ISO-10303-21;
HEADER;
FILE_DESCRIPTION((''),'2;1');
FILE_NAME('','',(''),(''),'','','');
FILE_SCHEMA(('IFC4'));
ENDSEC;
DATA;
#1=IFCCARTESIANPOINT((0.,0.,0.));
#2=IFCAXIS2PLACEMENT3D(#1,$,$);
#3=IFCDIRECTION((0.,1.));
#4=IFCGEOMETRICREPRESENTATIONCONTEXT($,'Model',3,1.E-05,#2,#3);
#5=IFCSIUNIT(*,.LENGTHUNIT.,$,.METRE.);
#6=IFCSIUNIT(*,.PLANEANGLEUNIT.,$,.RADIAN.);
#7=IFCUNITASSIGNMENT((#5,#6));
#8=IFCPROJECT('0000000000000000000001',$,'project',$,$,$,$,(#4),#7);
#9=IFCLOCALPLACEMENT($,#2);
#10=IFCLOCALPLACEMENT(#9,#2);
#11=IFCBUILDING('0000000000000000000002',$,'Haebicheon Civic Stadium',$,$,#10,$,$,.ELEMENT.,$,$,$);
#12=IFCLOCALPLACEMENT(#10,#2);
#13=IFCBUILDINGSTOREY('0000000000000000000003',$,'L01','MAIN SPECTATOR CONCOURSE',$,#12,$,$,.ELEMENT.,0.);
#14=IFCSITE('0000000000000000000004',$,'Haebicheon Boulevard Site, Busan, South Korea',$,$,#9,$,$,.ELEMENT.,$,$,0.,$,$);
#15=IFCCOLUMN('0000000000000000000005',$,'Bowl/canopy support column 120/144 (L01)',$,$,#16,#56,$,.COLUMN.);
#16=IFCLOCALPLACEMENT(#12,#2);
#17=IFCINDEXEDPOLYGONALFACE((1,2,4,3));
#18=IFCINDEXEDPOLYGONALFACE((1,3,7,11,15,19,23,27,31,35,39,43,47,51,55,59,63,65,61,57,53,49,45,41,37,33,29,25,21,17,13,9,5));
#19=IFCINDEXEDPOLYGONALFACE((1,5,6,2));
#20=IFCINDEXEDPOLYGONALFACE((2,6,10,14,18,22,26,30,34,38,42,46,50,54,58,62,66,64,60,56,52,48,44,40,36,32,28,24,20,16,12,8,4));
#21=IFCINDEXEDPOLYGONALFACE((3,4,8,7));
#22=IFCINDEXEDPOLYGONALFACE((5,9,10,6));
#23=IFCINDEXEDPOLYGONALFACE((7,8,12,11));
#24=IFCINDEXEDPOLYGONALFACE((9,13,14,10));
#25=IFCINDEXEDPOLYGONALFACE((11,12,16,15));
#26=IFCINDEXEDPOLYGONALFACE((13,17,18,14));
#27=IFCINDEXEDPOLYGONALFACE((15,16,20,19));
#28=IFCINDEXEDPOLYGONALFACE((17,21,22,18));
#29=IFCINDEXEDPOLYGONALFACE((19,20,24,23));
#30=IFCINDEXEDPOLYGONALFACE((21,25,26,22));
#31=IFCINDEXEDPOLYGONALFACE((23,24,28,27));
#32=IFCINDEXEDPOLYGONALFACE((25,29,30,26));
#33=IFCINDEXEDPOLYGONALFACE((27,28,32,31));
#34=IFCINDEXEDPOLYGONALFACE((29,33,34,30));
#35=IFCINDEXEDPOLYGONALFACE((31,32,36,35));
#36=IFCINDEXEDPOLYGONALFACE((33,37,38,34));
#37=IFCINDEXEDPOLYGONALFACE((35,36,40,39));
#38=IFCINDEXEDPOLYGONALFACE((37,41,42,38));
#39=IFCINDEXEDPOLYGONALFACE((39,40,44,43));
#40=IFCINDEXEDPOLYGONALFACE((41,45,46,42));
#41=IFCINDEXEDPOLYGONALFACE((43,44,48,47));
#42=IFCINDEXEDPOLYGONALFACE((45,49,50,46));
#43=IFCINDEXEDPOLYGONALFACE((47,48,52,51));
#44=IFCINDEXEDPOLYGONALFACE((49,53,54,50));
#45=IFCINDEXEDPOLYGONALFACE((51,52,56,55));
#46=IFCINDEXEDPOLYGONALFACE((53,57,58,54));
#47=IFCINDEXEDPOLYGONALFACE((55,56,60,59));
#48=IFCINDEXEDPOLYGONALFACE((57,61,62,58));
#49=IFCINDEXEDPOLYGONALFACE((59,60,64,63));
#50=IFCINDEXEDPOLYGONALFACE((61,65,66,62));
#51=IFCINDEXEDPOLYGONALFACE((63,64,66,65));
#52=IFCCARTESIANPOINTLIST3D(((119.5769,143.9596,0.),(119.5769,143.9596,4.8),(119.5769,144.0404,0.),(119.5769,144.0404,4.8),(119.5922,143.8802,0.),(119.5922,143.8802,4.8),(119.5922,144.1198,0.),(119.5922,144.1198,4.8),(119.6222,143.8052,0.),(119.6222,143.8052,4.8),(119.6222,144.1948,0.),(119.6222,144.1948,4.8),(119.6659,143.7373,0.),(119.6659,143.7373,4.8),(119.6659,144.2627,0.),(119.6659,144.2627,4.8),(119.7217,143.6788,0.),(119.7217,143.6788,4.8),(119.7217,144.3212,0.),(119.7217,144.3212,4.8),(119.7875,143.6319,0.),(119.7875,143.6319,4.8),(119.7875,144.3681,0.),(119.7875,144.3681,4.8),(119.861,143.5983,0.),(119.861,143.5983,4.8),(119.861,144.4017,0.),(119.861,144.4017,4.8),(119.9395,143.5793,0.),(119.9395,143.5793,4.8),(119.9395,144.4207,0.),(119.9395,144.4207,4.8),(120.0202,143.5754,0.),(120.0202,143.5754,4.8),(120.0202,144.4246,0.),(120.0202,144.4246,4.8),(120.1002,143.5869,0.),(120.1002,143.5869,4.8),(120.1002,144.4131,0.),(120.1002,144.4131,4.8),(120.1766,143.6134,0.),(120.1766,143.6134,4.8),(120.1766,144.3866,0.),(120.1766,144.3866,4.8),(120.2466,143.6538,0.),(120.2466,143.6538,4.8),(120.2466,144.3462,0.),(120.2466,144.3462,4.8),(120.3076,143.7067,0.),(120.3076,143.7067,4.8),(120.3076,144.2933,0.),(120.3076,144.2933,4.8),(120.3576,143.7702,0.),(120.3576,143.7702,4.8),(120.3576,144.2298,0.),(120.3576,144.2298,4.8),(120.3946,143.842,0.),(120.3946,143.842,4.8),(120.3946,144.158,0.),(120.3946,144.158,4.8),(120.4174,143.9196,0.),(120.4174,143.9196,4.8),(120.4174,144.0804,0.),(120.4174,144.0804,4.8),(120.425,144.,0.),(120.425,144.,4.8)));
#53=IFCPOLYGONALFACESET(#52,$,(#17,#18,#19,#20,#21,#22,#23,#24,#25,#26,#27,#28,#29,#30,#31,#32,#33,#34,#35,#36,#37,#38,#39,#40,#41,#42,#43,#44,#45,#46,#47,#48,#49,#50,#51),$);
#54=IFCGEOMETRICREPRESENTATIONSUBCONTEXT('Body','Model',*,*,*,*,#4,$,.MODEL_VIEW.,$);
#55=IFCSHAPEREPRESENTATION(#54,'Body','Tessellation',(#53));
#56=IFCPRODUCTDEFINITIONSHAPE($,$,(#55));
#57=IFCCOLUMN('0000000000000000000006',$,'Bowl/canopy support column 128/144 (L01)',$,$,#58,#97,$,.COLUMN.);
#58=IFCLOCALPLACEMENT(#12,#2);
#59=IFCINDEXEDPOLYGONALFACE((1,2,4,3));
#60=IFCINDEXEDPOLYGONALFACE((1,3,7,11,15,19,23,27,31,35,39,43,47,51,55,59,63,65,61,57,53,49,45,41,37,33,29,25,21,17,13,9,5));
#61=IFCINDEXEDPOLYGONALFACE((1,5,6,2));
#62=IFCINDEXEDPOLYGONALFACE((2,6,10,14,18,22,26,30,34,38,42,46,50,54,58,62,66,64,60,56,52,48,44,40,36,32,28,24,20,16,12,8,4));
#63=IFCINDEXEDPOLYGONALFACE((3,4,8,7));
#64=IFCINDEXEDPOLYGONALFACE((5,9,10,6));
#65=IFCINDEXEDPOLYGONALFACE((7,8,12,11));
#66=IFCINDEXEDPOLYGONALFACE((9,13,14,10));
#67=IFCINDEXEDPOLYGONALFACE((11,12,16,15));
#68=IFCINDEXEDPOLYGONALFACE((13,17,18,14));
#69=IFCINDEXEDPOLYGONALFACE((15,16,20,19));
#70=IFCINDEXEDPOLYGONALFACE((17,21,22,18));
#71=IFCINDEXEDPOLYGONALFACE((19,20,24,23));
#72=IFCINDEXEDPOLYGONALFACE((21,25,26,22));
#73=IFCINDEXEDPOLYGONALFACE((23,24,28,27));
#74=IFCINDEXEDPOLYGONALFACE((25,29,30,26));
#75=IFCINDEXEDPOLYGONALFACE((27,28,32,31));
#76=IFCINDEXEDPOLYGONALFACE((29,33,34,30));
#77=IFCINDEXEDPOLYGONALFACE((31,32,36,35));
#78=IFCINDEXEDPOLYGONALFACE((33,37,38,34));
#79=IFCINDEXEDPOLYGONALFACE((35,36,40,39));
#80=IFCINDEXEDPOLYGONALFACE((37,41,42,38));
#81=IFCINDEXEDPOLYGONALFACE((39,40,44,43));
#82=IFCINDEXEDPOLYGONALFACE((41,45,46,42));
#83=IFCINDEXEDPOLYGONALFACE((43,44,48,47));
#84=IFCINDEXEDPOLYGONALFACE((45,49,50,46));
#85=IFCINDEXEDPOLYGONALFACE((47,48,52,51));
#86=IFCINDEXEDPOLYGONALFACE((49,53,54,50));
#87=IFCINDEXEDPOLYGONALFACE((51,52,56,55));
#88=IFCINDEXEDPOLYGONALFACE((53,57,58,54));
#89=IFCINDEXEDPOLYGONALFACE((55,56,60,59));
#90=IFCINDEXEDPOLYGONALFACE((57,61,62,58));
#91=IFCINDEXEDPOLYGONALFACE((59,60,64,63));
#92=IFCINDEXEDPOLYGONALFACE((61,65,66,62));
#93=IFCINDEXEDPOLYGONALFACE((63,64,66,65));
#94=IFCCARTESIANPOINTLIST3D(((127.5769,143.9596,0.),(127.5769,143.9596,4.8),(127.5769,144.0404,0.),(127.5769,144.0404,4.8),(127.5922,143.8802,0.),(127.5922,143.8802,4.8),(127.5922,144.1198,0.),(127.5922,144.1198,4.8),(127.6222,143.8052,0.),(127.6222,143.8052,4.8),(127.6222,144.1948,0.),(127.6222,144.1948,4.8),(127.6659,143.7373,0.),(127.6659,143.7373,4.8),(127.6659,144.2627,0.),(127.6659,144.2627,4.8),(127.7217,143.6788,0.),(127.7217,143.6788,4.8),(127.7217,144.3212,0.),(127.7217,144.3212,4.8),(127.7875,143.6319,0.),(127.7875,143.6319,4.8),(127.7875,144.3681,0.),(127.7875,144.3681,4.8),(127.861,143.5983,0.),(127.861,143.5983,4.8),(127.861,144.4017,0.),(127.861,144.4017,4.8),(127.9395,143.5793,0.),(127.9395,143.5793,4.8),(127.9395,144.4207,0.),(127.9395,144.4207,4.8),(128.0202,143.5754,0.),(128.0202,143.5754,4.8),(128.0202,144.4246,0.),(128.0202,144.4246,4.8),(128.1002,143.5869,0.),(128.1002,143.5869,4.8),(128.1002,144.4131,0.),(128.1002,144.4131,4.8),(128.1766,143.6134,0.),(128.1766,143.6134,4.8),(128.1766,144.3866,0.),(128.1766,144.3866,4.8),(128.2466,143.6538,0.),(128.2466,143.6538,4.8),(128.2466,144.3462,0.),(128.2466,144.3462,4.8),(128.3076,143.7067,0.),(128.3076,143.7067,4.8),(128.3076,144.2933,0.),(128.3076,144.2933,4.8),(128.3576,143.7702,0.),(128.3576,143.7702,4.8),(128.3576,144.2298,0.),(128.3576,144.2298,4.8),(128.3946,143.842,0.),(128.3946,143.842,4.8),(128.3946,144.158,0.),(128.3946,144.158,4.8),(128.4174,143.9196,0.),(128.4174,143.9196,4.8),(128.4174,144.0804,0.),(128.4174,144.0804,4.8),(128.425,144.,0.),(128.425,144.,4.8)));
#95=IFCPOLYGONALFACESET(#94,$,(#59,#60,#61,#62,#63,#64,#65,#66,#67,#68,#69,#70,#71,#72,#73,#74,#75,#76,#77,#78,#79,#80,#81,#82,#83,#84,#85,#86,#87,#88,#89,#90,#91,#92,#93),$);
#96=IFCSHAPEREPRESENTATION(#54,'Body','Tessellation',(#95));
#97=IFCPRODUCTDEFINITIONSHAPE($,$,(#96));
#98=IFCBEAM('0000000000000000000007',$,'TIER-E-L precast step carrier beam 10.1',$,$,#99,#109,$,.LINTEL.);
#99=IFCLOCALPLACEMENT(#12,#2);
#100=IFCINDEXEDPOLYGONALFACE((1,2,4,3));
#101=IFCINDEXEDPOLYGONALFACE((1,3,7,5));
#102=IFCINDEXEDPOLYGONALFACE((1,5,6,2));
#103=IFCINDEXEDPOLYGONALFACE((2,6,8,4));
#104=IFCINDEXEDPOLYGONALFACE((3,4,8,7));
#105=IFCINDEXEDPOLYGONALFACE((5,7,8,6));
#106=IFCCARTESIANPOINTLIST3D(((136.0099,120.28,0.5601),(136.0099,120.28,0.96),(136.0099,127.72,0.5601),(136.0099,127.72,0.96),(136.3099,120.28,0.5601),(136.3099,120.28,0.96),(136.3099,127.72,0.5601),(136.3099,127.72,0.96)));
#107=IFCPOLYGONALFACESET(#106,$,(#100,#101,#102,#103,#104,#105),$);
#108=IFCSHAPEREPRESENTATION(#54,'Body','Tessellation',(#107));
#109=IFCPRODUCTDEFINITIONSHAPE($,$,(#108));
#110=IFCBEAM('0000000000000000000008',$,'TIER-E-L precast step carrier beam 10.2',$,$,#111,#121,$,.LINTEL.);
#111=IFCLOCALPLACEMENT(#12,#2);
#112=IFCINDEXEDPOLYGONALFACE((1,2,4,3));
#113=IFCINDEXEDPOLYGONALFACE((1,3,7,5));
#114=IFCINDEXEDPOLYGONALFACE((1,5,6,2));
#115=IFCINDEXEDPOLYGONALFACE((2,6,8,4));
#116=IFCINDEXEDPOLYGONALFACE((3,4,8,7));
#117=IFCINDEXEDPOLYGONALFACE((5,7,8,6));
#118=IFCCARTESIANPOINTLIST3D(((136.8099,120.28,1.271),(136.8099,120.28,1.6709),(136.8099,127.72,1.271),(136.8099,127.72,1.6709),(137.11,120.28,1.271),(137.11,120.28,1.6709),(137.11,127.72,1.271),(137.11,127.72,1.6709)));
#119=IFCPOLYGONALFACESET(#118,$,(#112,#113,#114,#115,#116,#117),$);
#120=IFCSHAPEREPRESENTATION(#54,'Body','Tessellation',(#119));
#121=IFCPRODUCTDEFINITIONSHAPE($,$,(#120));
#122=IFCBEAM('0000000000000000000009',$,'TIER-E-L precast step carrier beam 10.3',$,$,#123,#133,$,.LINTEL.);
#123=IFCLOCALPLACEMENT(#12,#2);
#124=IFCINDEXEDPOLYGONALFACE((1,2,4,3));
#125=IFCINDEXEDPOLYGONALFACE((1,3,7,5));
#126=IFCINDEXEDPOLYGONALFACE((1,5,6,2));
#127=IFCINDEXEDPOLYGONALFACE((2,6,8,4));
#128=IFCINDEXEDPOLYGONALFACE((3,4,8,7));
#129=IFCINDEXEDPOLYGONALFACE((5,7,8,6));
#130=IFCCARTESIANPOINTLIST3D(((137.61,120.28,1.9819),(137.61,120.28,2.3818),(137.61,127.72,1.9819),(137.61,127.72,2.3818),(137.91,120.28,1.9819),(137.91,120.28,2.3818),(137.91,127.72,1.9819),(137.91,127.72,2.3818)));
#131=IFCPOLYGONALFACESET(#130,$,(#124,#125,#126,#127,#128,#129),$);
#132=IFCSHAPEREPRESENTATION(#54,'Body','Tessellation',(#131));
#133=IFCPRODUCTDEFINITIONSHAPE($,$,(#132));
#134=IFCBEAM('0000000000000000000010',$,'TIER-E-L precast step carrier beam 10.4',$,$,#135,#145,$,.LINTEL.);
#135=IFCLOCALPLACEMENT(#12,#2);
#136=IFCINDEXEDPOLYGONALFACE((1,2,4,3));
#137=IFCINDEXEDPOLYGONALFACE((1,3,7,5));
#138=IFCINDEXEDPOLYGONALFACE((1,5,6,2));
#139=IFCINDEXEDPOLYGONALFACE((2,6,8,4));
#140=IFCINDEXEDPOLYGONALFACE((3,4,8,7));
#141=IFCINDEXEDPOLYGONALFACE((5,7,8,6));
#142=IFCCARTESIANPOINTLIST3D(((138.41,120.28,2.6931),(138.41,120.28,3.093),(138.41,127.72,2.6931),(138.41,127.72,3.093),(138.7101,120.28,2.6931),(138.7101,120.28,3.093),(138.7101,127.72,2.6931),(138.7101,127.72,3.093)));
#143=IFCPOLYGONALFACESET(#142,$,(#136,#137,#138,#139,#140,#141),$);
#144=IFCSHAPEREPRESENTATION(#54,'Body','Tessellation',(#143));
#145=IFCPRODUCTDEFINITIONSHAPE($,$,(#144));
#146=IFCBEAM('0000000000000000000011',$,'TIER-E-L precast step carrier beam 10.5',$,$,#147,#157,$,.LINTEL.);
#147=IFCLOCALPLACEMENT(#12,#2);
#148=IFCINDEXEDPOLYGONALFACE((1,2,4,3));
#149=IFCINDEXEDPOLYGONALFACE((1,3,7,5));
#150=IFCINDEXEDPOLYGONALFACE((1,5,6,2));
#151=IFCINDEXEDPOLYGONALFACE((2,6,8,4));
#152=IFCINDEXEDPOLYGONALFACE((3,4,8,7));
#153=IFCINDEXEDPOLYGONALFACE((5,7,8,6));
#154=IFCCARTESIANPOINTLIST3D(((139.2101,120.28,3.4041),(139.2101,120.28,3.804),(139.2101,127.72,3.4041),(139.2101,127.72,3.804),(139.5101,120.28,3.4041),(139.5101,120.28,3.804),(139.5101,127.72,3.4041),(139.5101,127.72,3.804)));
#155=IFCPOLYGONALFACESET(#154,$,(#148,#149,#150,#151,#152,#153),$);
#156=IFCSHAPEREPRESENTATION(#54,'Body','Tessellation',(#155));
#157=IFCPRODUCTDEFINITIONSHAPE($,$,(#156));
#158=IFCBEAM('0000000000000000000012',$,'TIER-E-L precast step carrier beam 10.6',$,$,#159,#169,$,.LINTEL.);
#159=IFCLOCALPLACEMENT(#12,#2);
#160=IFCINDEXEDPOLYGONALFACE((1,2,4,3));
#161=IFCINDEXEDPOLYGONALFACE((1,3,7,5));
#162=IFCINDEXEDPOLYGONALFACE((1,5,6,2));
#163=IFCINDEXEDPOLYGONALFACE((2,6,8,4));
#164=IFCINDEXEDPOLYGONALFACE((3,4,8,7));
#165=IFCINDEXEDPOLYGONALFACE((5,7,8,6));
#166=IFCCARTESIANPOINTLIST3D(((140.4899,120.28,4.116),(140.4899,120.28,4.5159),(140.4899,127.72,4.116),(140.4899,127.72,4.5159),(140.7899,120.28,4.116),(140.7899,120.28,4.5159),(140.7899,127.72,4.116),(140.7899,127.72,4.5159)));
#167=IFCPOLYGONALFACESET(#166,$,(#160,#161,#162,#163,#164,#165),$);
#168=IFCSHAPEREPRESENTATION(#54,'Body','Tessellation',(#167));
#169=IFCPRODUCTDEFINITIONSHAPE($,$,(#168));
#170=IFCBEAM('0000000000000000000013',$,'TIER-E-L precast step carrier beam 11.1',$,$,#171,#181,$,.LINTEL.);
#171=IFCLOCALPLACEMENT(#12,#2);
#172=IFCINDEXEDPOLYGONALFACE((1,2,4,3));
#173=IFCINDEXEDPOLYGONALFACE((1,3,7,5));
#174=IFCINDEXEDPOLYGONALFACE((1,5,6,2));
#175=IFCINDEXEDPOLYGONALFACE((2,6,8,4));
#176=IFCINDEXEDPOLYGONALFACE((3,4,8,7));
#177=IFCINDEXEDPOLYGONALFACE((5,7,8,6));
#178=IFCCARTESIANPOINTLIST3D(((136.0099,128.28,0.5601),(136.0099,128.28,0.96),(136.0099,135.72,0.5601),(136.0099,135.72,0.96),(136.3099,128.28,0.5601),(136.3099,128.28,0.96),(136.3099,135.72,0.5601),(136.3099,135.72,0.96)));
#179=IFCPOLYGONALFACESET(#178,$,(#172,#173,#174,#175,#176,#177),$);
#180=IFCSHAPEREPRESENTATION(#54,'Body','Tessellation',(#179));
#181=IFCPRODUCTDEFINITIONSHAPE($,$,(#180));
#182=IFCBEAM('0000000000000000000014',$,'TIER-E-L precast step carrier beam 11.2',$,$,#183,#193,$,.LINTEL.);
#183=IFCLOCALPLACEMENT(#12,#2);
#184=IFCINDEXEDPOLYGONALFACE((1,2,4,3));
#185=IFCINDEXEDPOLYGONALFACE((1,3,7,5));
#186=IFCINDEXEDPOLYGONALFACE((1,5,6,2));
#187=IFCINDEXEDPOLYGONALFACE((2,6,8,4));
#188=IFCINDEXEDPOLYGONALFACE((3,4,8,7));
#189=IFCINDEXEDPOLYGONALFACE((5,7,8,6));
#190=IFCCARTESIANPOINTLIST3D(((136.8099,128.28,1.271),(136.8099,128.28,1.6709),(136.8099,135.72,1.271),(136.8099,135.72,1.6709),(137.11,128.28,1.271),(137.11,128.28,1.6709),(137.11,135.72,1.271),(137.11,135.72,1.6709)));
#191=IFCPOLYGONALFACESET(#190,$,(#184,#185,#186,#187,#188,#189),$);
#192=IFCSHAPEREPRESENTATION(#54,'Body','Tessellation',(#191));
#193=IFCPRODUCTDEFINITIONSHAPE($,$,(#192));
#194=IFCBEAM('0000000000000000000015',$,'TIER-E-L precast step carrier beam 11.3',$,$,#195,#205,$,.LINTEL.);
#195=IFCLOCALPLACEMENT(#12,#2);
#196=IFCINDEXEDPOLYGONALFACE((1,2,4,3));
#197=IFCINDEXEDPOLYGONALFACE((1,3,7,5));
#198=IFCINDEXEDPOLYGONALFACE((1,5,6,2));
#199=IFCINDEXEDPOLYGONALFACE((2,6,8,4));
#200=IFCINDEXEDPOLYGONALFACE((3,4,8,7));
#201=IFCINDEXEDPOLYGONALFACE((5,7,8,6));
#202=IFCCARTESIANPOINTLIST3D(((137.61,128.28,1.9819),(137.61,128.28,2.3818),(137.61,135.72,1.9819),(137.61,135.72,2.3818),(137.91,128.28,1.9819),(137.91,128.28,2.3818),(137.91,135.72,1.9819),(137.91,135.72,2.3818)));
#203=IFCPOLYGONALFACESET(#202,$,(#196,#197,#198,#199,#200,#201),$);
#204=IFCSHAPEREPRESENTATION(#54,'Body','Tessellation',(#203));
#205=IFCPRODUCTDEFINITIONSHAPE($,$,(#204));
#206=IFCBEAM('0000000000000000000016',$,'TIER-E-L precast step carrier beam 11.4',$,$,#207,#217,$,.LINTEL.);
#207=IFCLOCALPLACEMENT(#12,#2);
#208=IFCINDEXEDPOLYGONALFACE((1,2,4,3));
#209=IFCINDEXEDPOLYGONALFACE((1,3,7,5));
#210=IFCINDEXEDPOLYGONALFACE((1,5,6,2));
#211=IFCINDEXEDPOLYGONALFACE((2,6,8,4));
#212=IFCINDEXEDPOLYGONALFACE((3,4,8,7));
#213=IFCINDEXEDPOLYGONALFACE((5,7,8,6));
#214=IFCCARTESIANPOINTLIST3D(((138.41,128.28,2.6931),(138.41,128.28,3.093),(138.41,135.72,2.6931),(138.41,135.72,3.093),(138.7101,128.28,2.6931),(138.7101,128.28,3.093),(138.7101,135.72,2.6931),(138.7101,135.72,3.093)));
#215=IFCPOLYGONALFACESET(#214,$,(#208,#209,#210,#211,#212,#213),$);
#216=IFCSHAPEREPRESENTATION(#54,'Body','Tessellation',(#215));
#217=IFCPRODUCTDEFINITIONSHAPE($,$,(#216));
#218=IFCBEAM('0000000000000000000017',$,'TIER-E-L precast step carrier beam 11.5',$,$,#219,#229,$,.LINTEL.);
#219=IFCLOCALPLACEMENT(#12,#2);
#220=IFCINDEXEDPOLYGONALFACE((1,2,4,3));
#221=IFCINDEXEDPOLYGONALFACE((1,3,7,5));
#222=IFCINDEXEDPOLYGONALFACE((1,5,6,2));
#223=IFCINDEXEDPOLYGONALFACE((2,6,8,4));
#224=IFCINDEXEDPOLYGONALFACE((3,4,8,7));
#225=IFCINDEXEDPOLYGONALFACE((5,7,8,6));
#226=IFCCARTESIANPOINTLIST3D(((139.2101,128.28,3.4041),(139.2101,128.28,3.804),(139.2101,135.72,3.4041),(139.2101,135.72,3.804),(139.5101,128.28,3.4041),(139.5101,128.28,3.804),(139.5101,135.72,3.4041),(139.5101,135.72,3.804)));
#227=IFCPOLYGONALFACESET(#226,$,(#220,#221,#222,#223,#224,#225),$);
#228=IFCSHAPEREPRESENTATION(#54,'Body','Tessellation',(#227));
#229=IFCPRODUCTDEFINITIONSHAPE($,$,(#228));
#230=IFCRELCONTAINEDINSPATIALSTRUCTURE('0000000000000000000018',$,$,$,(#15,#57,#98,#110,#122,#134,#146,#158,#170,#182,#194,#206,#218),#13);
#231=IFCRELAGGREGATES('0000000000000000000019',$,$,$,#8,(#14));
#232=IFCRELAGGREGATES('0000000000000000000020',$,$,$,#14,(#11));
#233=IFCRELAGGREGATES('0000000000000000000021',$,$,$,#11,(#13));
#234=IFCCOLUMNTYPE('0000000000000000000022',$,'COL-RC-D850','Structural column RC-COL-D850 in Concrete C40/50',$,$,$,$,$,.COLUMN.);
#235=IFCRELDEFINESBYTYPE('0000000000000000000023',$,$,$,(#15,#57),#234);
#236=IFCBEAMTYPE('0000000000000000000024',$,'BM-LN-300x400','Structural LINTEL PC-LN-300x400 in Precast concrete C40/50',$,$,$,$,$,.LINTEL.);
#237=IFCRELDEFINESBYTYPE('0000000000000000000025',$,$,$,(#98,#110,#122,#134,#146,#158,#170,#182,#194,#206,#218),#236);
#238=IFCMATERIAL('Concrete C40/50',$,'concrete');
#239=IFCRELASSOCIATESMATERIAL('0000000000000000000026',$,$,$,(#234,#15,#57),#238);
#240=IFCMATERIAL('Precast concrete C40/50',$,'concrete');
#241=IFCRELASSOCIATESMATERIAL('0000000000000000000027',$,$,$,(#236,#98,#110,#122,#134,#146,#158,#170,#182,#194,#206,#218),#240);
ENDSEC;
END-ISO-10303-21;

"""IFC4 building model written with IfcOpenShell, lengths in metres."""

from ifc_helpers import new_model, si_unit, direction, frame, origin, origin_2d, place, context, subcontext, project, spatial, rectangle, circle, extrude, material, material_profile, profile_set, type_object, element, save


model = new_model("IFC4")

# Units and contexts
model_context = context("Model", 3, precision=1e-05, world=origin(), true_north=direction((0.0, 1.0)))
body_context = subcontext(model_context, "Body", "Model", "MODEL_VIEW")
ifc_project = project(units=[si_unit("LENGTHUNIT", "METRE"), si_unit("PLANEANGLEUNIT", "RADIAN")], contexts=[model_context])

# Site, building, storey
site_placement = place(None, origin())
site = spatial("IfcSite", under=ifc_project, at=site_placement, Name="Haebicheon Boulevard Site, Busan, South Korea", CompositionType="ELEMENT", RefElevation=0.0)
building_placement = place(site_placement, origin())
building = spatial("IfcBuilding", under=site, at=building_placement, Name="Haebicheon Civic Stadium", CompositionType="ELEMENT")
storey_placement = place(building_placement, origin())
storey = spatial("IfcBuildingStorey", under=building, at=storey_placement, Name="L01", Description="MAIN SPECTATOR CONCOURSE", CompositionType="ELEMENT", Elevation=0.0)

# Columns
ifc_material_1 = material(Name="Concrete C40/50", Category="concrete")
ifc_material_profile_1 = material_profile(ifc_material_1, circle(Radius=0.425, at=origin_2d()), Name="RC-COL-D850")
ifc_profile_set_1 = profile_set([ifc_material_profile_1], Name="Concrete C40/50")
column_type = type_object("IfcColumnType", Name="COL-RC-D850", Description="Structural column RC-COL-D850 in Concrete C40/50", PredefinedType="COLUMN", material=ifc_profile_set_1)
for number, where, z_axis, x_axis, name in (
    (1, (120.0, 144.0, 0.0), (0.0, 0.0, 1.0), (1.0, 0.0, 0.0), "Bowl/canopy support column 120/144 (L01)"),
    (2, (128.0, 144.0, 0.0), (0.0, 0.0, 1.0), (1.0, 0.0, 0.0), "Bowl/canopy support column 128/144 (L01)"),
):
    element("IfcColumn", number, at=place(storey_placement, frame(where, z_axis=z_axis, x_axis=x_axis)), inside=storey, type_object=column_type, material=ifc_profile_set_1, Name=name, PredefinedType="COLUMN", context=body_context, shape_type="SweptSolid", body=[
        extrude(circle(Radius=0.425, at=origin_2d()), origin(), (0.0, 0.0, 1.0), 4.8),
    ])

# Beams
ifc_material_2 = material(Name="Precast concrete C40/50", Category="concrete")
ifc_material_profile_2 = material_profile(ifc_material_2, rectangle(XDim=0.3, YDim=0.3999, at=origin_2d()), Name="PC-LN-300x400")
ifc_profile_set_2 = profile_set([ifc_material_profile_2], Name="Precast concrete C40/50")
beam_type_1 = type_object("IfcBeamType", Name="BM-LN-300x400", Description="Structural LINTEL PC-LN-300x400 in Precast concrete C40/50", PredefinedType="LINTEL", material=ifc_profile_set_2)
for number, where, z_axis, x_axis, name in (
    (3, (136.1599, 120.28, 0.76), (0.0, 1.0, 0.0), (-1.0, 0.0, 0.0), "TIER-E-L precast step carrier beam 10.1"),
    (4, (136.96, 120.28, 1.4709), (0.0, 1.0, 0.0), (-1.0, 0.0, 0.0), "TIER-E-L precast step carrier beam 10.2"),
    (5, (137.76, 120.28, 2.1819), (0.0, 1.0, 0.0), (-1.0, 0.0, 0.0), "TIER-E-L precast step carrier beam 10.3"),
    (6, (138.5601, 120.28, 2.8931), (0.0, 1.0, 0.0), (-1.0, 0.0, 0.0), "TIER-E-L precast step carrier beam 10.4"),
    (7, (139.3601, 120.28, 3.604), (0.0, 1.0, 0.0), (-1.0, 0.0, 0.0), "TIER-E-L precast step carrier beam 10.5"),
    (8, (140.6399, 120.28, 4.3159), (0.0, 1.0, 0.0), (-1.0, 0.0, 0.0), "TIER-E-L precast step carrier beam 10.6"),
    (9, (136.1599, 128.28, 0.76), (0.0, 1.0, 0.0), (-1.0, 0.0, 0.0), "TIER-E-L precast step carrier beam 11.1"),
    (10, (136.96, 128.28, 1.4709), (0.0, 1.0, 0.0), (-1.0, 0.0, 0.0), "TIER-E-L precast step carrier beam 11.2"),
    (11, (137.76, 128.28, 2.1819), (0.0, 1.0, 0.0), (-1.0, 0.0, 0.0), "TIER-E-L precast step carrier beam 11.3"),
    (12, (138.5601, 128.28, 2.8931), (0.0, 1.0, 0.0), (-1.0, 0.0, 0.0), "TIER-E-L precast step carrier beam 11.4"),
    (13, (139.3601, 128.28, 3.604), (0.0, 1.0, 0.0), (-1.0, 0.0, 0.0), "TIER-E-L precast step carrier beam 11.5"),
):
    element("IfcBeam", number, at=place(storey_placement, frame(where, z_axis=z_axis, x_axis=x_axis)), inside=storey, type_object=beam_type_1, material=ifc_profile_set_2, Name=name, PredefinedType="LINTEL", context=body_context, shape_type="SweptSolid", body=[
        extrude(rectangle(XDim=0.3, YDim=0.3999, at=origin_2d()), origin(), (0.0, 0.0, 1.0), 7.4399),
    ])

save(model, "model.ifc")
